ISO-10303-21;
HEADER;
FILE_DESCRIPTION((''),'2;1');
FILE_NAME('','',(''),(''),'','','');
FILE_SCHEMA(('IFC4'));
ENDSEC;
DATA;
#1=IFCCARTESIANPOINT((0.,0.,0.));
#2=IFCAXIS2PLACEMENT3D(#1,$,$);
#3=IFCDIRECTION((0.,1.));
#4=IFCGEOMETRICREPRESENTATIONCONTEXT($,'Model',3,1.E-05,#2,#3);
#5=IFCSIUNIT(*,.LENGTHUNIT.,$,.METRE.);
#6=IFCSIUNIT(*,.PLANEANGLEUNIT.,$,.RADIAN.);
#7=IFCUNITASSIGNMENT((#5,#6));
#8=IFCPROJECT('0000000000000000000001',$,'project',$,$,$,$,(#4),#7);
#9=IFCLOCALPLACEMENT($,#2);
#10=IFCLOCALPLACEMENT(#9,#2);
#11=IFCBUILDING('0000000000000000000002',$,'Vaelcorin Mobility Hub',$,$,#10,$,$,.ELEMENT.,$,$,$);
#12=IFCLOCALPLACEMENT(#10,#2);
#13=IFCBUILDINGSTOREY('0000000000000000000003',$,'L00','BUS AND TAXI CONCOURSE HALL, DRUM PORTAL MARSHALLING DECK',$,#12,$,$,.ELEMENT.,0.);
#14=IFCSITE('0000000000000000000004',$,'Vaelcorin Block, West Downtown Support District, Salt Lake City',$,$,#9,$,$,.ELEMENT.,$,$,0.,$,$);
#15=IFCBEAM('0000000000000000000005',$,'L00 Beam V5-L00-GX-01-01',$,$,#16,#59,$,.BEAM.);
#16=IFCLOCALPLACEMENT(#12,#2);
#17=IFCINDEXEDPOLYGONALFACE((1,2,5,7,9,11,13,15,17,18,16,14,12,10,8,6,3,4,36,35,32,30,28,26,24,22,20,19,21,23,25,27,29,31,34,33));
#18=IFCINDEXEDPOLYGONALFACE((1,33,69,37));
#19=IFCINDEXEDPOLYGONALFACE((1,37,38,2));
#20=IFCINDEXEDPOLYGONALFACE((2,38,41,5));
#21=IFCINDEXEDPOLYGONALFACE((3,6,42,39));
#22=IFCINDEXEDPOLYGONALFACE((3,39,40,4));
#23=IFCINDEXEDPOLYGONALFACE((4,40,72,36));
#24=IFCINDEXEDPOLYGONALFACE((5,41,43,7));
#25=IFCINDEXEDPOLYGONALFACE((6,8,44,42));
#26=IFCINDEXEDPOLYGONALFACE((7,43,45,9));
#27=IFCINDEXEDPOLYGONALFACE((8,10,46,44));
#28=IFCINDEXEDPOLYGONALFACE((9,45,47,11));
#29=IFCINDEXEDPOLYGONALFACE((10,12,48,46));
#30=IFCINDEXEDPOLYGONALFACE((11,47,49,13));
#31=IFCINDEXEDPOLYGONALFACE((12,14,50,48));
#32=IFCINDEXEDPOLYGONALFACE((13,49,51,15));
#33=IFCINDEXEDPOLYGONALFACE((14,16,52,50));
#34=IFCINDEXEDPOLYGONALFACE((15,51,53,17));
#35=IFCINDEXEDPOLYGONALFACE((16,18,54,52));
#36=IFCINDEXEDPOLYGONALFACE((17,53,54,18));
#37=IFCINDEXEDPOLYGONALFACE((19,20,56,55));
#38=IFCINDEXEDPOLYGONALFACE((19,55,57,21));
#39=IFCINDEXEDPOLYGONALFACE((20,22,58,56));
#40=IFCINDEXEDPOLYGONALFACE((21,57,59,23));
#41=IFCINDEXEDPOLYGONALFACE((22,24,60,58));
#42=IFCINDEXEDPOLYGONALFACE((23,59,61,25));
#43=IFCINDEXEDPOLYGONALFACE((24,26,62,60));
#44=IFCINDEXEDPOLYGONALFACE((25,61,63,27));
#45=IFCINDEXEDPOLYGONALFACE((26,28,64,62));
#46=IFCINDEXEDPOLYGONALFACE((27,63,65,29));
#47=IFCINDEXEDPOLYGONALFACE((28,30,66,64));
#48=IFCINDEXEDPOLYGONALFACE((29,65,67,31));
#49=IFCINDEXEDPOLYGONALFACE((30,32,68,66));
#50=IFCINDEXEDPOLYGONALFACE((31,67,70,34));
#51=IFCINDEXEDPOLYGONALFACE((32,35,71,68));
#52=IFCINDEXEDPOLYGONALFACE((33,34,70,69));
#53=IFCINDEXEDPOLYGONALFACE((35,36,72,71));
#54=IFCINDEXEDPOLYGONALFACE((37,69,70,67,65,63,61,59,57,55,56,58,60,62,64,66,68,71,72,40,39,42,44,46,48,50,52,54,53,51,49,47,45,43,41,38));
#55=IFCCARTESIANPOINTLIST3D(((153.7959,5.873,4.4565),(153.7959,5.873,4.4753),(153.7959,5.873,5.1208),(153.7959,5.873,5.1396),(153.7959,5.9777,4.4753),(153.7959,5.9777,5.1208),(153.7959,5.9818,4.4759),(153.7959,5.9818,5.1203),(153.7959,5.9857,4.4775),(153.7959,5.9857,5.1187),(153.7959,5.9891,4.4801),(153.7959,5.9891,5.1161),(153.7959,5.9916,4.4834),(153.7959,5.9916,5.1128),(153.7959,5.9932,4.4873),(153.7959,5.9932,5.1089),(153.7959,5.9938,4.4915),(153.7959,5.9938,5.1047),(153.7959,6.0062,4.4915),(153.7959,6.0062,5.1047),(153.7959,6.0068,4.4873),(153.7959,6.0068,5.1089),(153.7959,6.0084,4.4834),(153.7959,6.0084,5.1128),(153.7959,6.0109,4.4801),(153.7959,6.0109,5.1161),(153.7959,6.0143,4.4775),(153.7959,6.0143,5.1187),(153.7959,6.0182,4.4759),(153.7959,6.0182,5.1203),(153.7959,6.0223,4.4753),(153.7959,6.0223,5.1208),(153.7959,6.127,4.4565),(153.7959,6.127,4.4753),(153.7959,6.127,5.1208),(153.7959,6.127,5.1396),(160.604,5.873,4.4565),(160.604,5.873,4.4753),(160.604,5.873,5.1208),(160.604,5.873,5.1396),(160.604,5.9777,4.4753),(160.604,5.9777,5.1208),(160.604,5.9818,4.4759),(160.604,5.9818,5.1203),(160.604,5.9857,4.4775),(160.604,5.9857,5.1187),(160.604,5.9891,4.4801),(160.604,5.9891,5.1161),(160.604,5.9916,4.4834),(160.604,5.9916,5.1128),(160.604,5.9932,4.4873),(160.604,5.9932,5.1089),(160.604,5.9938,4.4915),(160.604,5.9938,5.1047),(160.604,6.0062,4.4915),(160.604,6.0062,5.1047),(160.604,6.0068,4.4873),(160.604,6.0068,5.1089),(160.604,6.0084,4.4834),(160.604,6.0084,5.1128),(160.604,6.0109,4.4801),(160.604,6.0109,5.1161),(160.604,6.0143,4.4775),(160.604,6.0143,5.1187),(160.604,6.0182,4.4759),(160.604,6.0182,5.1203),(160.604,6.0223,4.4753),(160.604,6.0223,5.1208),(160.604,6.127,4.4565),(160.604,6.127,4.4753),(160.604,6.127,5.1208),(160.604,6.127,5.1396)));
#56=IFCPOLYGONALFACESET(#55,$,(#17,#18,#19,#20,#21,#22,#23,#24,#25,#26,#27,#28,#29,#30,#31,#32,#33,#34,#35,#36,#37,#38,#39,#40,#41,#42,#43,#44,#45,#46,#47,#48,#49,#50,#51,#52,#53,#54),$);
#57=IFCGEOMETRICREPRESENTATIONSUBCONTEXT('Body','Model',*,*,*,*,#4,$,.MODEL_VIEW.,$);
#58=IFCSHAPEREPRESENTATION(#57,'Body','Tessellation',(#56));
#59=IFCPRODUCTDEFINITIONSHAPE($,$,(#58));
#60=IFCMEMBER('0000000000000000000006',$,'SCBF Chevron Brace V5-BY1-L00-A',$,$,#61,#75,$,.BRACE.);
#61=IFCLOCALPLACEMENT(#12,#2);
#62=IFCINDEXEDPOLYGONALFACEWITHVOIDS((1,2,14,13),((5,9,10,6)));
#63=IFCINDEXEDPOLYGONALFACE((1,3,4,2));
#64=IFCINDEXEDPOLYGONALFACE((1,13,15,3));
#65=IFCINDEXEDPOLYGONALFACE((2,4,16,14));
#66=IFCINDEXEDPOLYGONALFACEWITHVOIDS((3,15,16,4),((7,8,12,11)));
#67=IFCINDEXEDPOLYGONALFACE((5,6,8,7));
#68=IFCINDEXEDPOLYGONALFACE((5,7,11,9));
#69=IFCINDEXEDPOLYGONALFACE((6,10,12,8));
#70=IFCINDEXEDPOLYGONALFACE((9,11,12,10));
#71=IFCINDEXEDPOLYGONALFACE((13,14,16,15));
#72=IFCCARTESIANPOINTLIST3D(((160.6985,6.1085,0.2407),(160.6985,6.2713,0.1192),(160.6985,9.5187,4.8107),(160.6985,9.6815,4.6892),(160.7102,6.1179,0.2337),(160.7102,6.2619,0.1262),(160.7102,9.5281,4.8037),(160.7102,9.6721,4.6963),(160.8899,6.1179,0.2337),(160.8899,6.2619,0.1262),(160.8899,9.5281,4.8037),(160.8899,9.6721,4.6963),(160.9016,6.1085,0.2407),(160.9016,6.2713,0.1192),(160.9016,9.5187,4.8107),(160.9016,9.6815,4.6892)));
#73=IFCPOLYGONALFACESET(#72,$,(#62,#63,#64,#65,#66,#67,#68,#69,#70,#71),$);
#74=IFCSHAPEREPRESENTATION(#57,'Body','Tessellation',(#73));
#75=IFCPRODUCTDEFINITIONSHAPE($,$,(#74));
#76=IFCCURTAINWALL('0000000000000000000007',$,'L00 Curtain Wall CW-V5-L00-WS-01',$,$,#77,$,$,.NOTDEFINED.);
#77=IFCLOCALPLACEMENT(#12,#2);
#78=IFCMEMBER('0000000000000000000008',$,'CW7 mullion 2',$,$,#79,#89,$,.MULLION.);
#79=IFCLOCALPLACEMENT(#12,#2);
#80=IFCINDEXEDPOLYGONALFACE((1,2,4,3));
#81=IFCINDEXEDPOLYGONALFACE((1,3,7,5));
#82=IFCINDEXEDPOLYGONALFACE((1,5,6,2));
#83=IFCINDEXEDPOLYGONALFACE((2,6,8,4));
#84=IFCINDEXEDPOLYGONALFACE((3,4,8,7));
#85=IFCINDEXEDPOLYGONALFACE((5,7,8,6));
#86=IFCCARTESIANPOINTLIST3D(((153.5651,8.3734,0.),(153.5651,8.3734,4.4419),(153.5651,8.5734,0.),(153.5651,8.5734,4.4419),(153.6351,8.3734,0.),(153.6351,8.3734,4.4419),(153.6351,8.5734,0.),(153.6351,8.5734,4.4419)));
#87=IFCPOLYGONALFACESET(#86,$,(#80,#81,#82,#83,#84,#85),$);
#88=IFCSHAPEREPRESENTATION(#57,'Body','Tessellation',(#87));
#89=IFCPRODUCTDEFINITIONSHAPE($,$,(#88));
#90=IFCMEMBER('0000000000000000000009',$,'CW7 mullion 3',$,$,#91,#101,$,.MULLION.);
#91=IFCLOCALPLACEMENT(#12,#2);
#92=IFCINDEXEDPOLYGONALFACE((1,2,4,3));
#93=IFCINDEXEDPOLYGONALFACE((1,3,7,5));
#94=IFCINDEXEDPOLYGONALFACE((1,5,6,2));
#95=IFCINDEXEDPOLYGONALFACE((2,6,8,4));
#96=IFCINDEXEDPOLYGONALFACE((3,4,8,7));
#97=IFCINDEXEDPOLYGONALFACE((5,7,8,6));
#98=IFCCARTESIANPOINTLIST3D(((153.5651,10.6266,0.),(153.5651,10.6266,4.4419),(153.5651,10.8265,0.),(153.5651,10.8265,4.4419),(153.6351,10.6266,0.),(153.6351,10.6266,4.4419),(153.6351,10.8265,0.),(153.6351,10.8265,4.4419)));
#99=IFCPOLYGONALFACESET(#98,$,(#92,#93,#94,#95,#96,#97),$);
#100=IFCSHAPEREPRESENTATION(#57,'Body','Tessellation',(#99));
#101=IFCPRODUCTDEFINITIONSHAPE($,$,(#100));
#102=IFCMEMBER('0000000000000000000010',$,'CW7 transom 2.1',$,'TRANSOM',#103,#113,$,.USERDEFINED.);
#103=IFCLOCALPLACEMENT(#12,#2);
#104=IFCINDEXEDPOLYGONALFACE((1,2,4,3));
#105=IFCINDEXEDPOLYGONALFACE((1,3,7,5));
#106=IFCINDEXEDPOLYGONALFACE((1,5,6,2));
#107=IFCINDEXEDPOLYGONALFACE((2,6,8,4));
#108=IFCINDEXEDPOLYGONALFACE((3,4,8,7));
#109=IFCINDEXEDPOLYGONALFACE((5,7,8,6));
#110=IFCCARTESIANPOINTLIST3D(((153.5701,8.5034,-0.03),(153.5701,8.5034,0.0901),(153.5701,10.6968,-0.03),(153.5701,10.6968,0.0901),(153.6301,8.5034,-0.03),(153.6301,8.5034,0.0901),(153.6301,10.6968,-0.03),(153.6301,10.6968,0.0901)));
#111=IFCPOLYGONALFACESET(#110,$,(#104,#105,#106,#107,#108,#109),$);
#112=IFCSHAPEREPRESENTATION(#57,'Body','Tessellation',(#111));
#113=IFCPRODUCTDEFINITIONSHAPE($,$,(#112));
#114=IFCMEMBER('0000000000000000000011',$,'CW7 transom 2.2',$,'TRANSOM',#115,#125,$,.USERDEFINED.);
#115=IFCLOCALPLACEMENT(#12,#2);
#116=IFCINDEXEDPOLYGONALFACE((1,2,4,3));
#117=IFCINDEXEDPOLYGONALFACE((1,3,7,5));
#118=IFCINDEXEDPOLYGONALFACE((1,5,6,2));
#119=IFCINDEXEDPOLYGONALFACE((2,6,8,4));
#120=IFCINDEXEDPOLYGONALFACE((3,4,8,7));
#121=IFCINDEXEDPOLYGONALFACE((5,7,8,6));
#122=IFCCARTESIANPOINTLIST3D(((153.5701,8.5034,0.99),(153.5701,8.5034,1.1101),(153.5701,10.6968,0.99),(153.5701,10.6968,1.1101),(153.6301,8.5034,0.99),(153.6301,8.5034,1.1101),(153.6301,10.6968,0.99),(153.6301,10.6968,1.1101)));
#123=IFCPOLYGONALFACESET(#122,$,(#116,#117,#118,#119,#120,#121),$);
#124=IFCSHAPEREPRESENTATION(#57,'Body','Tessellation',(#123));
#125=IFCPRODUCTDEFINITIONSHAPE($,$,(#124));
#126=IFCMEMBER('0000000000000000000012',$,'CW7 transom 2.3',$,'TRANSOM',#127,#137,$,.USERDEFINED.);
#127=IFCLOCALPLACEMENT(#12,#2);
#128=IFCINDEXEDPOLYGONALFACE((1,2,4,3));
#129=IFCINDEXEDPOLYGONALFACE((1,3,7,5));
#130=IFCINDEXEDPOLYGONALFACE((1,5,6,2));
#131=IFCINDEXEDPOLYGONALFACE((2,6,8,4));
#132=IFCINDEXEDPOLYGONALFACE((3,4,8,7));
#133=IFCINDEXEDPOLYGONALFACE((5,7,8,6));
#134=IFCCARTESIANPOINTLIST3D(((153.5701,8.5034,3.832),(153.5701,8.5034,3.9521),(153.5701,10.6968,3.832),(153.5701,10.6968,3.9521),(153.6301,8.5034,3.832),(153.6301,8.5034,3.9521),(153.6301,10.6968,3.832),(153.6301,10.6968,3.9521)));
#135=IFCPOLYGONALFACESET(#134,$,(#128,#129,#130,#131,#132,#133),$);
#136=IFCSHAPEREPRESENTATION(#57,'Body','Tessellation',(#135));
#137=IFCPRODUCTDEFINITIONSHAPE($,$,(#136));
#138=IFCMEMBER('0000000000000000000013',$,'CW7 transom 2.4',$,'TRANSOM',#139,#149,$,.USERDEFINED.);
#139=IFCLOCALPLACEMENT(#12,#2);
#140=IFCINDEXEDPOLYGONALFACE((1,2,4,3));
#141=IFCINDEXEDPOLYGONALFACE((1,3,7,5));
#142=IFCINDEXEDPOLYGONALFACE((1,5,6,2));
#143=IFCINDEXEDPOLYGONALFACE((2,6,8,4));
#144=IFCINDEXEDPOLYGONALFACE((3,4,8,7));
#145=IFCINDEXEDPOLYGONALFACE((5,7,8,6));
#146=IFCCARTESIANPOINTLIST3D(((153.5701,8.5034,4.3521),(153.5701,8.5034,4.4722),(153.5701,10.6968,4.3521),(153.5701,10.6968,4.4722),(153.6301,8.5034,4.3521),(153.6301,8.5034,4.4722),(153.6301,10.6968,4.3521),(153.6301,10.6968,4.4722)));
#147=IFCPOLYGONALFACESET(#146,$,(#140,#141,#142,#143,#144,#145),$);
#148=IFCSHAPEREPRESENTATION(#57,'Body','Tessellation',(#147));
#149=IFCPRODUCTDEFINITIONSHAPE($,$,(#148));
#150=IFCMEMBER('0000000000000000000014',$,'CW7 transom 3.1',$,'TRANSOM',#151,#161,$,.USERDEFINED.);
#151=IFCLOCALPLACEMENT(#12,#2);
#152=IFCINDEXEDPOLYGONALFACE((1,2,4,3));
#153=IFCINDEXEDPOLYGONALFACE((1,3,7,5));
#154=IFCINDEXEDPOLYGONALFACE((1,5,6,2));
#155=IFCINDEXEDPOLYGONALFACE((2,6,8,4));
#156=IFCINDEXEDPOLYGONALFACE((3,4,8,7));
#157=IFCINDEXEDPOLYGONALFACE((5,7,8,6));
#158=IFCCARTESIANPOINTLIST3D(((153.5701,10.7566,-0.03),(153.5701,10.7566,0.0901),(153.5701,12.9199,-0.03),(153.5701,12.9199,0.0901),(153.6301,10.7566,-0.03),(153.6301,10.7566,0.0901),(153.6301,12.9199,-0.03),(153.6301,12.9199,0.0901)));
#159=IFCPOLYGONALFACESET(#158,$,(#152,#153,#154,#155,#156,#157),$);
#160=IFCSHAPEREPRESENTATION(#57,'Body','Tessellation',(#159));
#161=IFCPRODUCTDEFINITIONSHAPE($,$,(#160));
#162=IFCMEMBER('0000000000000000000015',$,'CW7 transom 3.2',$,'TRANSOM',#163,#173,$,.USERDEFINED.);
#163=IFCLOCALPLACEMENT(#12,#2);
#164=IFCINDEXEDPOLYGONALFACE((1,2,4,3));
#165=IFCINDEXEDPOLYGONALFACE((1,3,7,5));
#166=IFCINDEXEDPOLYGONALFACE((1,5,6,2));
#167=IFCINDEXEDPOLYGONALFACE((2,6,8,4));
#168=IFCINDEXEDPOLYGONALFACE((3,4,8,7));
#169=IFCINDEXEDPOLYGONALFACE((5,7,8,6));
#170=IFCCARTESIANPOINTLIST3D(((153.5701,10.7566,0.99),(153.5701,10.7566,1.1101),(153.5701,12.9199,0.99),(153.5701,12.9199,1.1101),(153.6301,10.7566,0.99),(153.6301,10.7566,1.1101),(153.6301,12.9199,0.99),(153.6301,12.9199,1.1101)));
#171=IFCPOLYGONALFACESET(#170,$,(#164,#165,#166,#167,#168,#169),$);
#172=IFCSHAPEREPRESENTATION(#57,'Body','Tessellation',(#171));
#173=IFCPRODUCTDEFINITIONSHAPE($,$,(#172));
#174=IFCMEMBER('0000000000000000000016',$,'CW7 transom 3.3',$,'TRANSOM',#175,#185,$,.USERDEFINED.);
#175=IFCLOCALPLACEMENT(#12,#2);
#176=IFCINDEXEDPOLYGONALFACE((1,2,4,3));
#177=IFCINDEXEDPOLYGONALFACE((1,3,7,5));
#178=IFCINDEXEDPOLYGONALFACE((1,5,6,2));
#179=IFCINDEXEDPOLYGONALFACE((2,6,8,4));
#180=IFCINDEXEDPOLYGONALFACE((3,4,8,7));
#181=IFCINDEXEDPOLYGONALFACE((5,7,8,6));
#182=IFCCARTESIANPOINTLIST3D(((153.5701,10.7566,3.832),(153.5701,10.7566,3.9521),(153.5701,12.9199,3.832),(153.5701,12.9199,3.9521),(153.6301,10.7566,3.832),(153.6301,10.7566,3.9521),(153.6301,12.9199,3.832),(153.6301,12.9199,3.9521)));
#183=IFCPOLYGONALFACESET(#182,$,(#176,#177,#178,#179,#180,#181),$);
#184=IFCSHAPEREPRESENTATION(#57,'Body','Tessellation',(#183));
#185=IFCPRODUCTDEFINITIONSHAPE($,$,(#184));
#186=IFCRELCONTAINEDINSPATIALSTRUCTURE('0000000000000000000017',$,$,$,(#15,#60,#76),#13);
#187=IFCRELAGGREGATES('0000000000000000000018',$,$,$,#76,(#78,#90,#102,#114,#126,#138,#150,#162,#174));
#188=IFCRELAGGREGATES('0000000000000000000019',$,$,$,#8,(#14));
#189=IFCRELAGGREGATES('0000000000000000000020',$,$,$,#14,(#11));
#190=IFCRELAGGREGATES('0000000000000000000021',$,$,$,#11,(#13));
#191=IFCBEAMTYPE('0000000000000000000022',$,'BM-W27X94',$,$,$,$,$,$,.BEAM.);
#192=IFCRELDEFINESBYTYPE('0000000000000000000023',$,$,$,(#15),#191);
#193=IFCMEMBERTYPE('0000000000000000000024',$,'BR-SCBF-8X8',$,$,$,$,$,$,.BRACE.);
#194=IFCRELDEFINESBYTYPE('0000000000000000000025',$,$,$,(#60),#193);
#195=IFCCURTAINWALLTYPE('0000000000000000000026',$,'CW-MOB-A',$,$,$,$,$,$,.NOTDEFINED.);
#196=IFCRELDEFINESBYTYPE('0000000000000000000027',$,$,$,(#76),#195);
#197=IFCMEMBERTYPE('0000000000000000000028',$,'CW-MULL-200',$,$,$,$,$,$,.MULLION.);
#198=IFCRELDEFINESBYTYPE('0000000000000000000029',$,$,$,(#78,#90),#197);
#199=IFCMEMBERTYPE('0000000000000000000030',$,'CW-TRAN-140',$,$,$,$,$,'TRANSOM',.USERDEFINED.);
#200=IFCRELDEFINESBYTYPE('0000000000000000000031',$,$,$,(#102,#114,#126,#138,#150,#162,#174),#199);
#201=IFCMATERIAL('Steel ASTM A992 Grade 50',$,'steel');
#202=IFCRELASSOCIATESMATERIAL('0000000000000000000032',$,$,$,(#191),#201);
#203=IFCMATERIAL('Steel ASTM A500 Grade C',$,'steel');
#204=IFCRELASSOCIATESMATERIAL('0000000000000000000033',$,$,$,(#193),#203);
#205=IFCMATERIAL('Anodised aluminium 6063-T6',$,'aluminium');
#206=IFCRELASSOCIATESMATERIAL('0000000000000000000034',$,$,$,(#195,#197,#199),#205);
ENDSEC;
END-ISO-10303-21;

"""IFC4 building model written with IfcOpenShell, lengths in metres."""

from ifc_helpers import new_model, si_unit, direction, frame, origin, origin_2d, place, context, subcontext, project, spatial, rectangle, hollow_rectangle, i_section, extrude, material, material_profile, profile_set, type_object, element, aggregate, save


model = new_model("IFC4")

# Units and contexts
model_context = context("Model", 3, precision=1e-05, world=origin(), true_north=direction((0.0, 1.0)))
body_context = subcontext(model_context, "Body", "Model", "MODEL_VIEW")
ifc_project = project(units=[si_unit("LENGTHUNIT", "METRE"), si_unit("PLANEANGLEUNIT", "RADIAN")], contexts=[model_context])

# Site, building, storey
site_placement = place(None, origin())
site = spatial("IfcSite", under=ifc_project, at=site_placement, Name="Vaelcorin Block, West Downtown Support District, Salt Lake City", CompositionType="ELEMENT", RefElevation=0.0)
building_placement = place(site_placement, origin())
building = spatial("IfcBuilding", under=site, at=building_placement, Name="Vaelcorin Mobility Hub", CompositionType="ELEMENT")
storey_placement = place(building_placement, origin())
storey = spatial("IfcBuildingStorey", under=building, at=storey_placement, Name="L00", Description="BUS AND TAXI CONCOURSE HALL, DRUM PORTAL MARSHALLING DECK", CompositionType="ELEMENT", Elevation=0.0)

# Shared definitions
ifc_material_1 = material(Name="Steel ASTM A992 Grade 50", Category="steel")

# Beam
ifc_material_profile_1 = material_profile(ifc_material_1, i_section(OverallWidth=0.2539, OverallDepth=0.6831, WebThickness=0.0125, FlangeThickness=0.0188, FilletRadius=0.0161, at=origin_2d()), Name="W27X94")
ifc_profile_set_1 = profile_set([ifc_material_profile_1], Name="Steel ASTM A992 Grade 50")
beam_type_1 = type_object("IfcBeamType", Name="BM-W27X94", PredefinedType="BEAM", material=ifc_profile_set_1)
beam_1_placement = place(storey_placement, frame((153.7959, 6.0, 4.7981), z_axis=(1.0, 0.0, 0.0), x_axis=(0.0, 1.0, 0.0)))
element("IfcBeam", 1, at=beam_1_placement, inside=storey, type_object=beam_type_1, Name="L00 Beam V5-L00-GX-01-01", PredefinedType="BEAM", context=body_context, shape_type="SweptSolid", body=[
    extrude(i_section(OverallWidth=0.2539, OverallDepth=0.6831, WebThickness=0.0125, FlangeThickness=0.0188, FilletRadius=0.0161, at=origin_2d()), origin(), (0.0, 0.0, 1.0), 6.8081),
])

# Member
ifc_material_2 = material(Name="Steel ASTM A500 Grade C", Category="steel")
ifc_material_profile_2 = material_profile(ifc_material_2, hollow_rectangle(XDim=0.2031, YDim=0.2031, WallThickness=0.0117, at=origin_2d()), Name="HSS8X8X0.500")
ifc_profile_set_2 = profile_set([ifc_material_profile_2], Name="Steel ASTM A500 Grade C")
member_type_1 = type_object("IfcMemberType", Name="BR-SCBF-8X8", PredefinedType="BRACE", material=ifc_profile_set_2)
member_1_placement = place(storey_placement, frame((160.8, 6.1899, 0.1799), z_axis=(0.0, 0.598046, 0.801462), x_axis=(-1.0, 0.0, 0.0)))
element("IfcMember", 2, at=member_1_placement, inside=storey, type_object=member_type_1, Name="SCBF Chevron Brace V5-BY1-L00-A", PredefinedType="BRACE", context=body_context, shape_type="SweptSolid", body=[
    extrude(hollow_rectangle(XDim=0.2031, YDim=0.2031, WallThickness=0.0117, at=origin_2d()), origin(), (0.0, 0.0, 1.0), 5.7021),
])

# Curtain wall, members
ifc_material_3 = material(Name="Anodised aluminium 6063-T6", Category="aluminium")
curtain_wall_type = type_object("IfcCurtainWallType", Name="CW-MOB-A", PredefinedType="NOTDEFINED", material=ifc_material_3)
curtain_wall_placement = place(storey_placement, origin())
curtain_wall = element("IfcCurtainWall", 3, at=curtain_wall_placement, inside=storey, type_object=curtain_wall_type, Name="L00 Curtain Wall CW-V5-L00-WS-01", PredefinedType="NOTDEFINED")
ifc_material_profile_3 = material_profile(ifc_material_3, rectangle(XDim=0.0701, YDim=0.2, at=origin_2d()), Name="ALU-M70X200")
ifc_profile_set_3 = profile_set([ifc_material_profile_3], Name="Anodised aluminium 6063-T6")
member_type_2 = type_object("IfcMemberType", Name="CW-MULL-200", PredefinedType="MULLION", material=ifc_profile_set_3)
member_2_placement = place(storey_placement, frame((153.6001, 8.4734, 0.0), z_axis=(0.0, 0.0, 1.0), x_axis=(-1.0, 0.0, 0.0)))
member_2 = element("IfcMember", 4, at=member_2_placement, type_object=member_type_2, Name="CW7 mullion 2", PredefinedType="MULLION", context=body_context, shape_type="SweptSolid", body=[
    extrude(rectangle(XDim=0.0701, YDim=0.2, at=origin_2d()), origin(), (0.0, 0.0, 1.0), 4.4419),
])
member_3_placement = place(storey_placement, frame((153.6001, 10.7266, 0.0), z_axis=(0.0, 0.0, 1.0), x_axis=(-1.0, 0.0, 0.0)))
member_3 = element("IfcMember", 5, at=member_3_placement, type_object=member_type_2, Name="CW7 mullion 3", PredefinedType="MULLION", context=body_context, shape_type="SweptSolid", body=[
    extrude(rectangle(XDim=0.0701, YDim=0.2, at=origin_2d()), origin(), (0.0, 0.0, 1.0), 4.4419),
])
ifc_material_profile_4 = material_profile(ifc_material_3, rectangle(XDim=0.0601, YDim=0.1201, at=origin_2d()), Name="ALU-T60X120")
ifc_profile_set_4 = profile_set([ifc_material_profile_4], Name="Anodised aluminium 6063-T6")
member_type_3 = type_object("IfcMemberType", Name="CW-TRAN-140", ElementType="TRANSOM", PredefinedType="USERDEFINED", material=ifc_profile_set_4)
member_4_placement = place(storey_placement, frame((153.6001, 8.5034, 0.03), z_axis=(0.0, 1.0, 0.0), x_axis=(-1.0, 0.0, 0.0)))
member_4 = element("IfcMember", 6, at=member_4_placement, type_object=member_type_3, Name="CW7 transom 2.1", ObjectType="TRANSOM", PredefinedType="USERDEFINED", context=body_context, shape_type="SweptSolid", body=[
    extrude(rectangle(XDim=0.0601, YDim=0.1201, at=origin_2d()), origin(), (0.0, 0.0, 1.0), 2.1934),
])
member_5_placement = place(storey_placement, frame((153.6001, 8.5034, 1.05), z_axis=(0.0, 1.0, 0.0), x_axis=(-1.0, 0.0, 0.0)))
member_5 = element("IfcMember", 7, at=member_5_placement, type_object=member_type_3, Name="CW7 transom 2.2", ObjectType="TRANSOM", PredefinedType="USERDEFINED", context=body_context, shape_type="SweptSolid", body=[
    extrude(rectangle(XDim=0.0601, YDim=0.1201, at=origin_2d()), origin(), (0.0, 0.0, 1.0), 2.1934),
])
member_6_placement = place(storey_placement, frame((153.6001, 8.5034, 3.8921), z_axis=(0.0, 1.0, 0.0), x_axis=(-1.0, 0.0, 0.0)))
member_6 = element("IfcMember", 8, at=member_6_placement, type_object=member_type_3, Name="CW7 transom 2.3", ObjectType="TRANSOM", PredefinedType="USERDEFINED", context=body_context, shape_type="SweptSolid", body=[
    extrude(rectangle(XDim=0.0601, YDim=0.1201, at=origin_2d()), origin(), (0.0, 0.0, 1.0), 2.1934),
])
member_7_placement = place(storey_placement, frame((153.6001, 8.5034, 4.4121), z_axis=(0.0, 1.0, 0.0), x_axis=(-1.0, 0.0, 0.0)))
member_7 = element("IfcMember", 9, at=member_7_placement, type_object=member_type_3, Name="CW7 transom 2.4", ObjectType="TRANSOM", PredefinedType="USERDEFINED", context=body_context, shape_type="SweptSolid", body=[
    extrude(rectangle(XDim=0.0601, YDim=0.1201, at=origin_2d()), origin(), (0.0, 0.0, 1.0), 2.1934),
])
member_8_placement = place(storey_placement, frame((153.6001, 10.7566, 0.03), z_axis=(0.0, 1.0, 0.0), x_axis=(-1.0, 0.0, 0.0)))
member_8 = element("IfcMember", 10, at=member_8_placement, type_object=member_type_3, Name="CW7 transom 3.1", ObjectType="TRANSOM", PredefinedType="USERDEFINED", context=body_context, shape_type="SweptSolid", body=[
    extrude(rectangle(XDim=0.0601, YDim=0.1201, at=origin_2d()), origin(), (0.0, 0.0, 1.0), 2.1633),
])
member_9_placement = place(storey_placement, frame((153.6001, 10.7566, 1.05), z_axis=(0.0, 1.0, 0.0), x_axis=(-1.0, 0.0, 0.0)))
member_9 = element("IfcMember", 11, at=member_9_placement, type_object=member_type_3, Name="CW7 transom 3.2", ObjectType="TRANSOM", PredefinedType="USERDEFINED", context=body_context, shape_type="SweptSolid", body=[
    extrude(rectangle(XDim=0.0601, YDim=0.1201, at=origin_2d()), origin(), (0.0, 0.0, 1.0), 2.1633),
])
member_10_placement = place(storey_placement, frame((153.6001, 10.7566, 3.8921), z_axis=(0.0, 1.0, 0.0), x_axis=(-1.0, 0.0, 0.0)))
member_10 = element("IfcMember", 12, at=member_10_placement, type_object=member_type_3, Name="CW7 transom 3.3", ObjectType="TRANSOM", PredefinedType="USERDEFINED", context=body_context, shape_type="SweptSolid", body=[
    extrude(rectangle(XDim=0.0601, YDim=0.1201, at=origin_2d()), origin(), (0.0, 0.0, 1.0), 2.1633),
])
aggregate(curtain_wall, [member_2, member_3, member_4, member_5, member_6, member_7, member_8, member_9, member_10])

save(model, "model.ifc")
